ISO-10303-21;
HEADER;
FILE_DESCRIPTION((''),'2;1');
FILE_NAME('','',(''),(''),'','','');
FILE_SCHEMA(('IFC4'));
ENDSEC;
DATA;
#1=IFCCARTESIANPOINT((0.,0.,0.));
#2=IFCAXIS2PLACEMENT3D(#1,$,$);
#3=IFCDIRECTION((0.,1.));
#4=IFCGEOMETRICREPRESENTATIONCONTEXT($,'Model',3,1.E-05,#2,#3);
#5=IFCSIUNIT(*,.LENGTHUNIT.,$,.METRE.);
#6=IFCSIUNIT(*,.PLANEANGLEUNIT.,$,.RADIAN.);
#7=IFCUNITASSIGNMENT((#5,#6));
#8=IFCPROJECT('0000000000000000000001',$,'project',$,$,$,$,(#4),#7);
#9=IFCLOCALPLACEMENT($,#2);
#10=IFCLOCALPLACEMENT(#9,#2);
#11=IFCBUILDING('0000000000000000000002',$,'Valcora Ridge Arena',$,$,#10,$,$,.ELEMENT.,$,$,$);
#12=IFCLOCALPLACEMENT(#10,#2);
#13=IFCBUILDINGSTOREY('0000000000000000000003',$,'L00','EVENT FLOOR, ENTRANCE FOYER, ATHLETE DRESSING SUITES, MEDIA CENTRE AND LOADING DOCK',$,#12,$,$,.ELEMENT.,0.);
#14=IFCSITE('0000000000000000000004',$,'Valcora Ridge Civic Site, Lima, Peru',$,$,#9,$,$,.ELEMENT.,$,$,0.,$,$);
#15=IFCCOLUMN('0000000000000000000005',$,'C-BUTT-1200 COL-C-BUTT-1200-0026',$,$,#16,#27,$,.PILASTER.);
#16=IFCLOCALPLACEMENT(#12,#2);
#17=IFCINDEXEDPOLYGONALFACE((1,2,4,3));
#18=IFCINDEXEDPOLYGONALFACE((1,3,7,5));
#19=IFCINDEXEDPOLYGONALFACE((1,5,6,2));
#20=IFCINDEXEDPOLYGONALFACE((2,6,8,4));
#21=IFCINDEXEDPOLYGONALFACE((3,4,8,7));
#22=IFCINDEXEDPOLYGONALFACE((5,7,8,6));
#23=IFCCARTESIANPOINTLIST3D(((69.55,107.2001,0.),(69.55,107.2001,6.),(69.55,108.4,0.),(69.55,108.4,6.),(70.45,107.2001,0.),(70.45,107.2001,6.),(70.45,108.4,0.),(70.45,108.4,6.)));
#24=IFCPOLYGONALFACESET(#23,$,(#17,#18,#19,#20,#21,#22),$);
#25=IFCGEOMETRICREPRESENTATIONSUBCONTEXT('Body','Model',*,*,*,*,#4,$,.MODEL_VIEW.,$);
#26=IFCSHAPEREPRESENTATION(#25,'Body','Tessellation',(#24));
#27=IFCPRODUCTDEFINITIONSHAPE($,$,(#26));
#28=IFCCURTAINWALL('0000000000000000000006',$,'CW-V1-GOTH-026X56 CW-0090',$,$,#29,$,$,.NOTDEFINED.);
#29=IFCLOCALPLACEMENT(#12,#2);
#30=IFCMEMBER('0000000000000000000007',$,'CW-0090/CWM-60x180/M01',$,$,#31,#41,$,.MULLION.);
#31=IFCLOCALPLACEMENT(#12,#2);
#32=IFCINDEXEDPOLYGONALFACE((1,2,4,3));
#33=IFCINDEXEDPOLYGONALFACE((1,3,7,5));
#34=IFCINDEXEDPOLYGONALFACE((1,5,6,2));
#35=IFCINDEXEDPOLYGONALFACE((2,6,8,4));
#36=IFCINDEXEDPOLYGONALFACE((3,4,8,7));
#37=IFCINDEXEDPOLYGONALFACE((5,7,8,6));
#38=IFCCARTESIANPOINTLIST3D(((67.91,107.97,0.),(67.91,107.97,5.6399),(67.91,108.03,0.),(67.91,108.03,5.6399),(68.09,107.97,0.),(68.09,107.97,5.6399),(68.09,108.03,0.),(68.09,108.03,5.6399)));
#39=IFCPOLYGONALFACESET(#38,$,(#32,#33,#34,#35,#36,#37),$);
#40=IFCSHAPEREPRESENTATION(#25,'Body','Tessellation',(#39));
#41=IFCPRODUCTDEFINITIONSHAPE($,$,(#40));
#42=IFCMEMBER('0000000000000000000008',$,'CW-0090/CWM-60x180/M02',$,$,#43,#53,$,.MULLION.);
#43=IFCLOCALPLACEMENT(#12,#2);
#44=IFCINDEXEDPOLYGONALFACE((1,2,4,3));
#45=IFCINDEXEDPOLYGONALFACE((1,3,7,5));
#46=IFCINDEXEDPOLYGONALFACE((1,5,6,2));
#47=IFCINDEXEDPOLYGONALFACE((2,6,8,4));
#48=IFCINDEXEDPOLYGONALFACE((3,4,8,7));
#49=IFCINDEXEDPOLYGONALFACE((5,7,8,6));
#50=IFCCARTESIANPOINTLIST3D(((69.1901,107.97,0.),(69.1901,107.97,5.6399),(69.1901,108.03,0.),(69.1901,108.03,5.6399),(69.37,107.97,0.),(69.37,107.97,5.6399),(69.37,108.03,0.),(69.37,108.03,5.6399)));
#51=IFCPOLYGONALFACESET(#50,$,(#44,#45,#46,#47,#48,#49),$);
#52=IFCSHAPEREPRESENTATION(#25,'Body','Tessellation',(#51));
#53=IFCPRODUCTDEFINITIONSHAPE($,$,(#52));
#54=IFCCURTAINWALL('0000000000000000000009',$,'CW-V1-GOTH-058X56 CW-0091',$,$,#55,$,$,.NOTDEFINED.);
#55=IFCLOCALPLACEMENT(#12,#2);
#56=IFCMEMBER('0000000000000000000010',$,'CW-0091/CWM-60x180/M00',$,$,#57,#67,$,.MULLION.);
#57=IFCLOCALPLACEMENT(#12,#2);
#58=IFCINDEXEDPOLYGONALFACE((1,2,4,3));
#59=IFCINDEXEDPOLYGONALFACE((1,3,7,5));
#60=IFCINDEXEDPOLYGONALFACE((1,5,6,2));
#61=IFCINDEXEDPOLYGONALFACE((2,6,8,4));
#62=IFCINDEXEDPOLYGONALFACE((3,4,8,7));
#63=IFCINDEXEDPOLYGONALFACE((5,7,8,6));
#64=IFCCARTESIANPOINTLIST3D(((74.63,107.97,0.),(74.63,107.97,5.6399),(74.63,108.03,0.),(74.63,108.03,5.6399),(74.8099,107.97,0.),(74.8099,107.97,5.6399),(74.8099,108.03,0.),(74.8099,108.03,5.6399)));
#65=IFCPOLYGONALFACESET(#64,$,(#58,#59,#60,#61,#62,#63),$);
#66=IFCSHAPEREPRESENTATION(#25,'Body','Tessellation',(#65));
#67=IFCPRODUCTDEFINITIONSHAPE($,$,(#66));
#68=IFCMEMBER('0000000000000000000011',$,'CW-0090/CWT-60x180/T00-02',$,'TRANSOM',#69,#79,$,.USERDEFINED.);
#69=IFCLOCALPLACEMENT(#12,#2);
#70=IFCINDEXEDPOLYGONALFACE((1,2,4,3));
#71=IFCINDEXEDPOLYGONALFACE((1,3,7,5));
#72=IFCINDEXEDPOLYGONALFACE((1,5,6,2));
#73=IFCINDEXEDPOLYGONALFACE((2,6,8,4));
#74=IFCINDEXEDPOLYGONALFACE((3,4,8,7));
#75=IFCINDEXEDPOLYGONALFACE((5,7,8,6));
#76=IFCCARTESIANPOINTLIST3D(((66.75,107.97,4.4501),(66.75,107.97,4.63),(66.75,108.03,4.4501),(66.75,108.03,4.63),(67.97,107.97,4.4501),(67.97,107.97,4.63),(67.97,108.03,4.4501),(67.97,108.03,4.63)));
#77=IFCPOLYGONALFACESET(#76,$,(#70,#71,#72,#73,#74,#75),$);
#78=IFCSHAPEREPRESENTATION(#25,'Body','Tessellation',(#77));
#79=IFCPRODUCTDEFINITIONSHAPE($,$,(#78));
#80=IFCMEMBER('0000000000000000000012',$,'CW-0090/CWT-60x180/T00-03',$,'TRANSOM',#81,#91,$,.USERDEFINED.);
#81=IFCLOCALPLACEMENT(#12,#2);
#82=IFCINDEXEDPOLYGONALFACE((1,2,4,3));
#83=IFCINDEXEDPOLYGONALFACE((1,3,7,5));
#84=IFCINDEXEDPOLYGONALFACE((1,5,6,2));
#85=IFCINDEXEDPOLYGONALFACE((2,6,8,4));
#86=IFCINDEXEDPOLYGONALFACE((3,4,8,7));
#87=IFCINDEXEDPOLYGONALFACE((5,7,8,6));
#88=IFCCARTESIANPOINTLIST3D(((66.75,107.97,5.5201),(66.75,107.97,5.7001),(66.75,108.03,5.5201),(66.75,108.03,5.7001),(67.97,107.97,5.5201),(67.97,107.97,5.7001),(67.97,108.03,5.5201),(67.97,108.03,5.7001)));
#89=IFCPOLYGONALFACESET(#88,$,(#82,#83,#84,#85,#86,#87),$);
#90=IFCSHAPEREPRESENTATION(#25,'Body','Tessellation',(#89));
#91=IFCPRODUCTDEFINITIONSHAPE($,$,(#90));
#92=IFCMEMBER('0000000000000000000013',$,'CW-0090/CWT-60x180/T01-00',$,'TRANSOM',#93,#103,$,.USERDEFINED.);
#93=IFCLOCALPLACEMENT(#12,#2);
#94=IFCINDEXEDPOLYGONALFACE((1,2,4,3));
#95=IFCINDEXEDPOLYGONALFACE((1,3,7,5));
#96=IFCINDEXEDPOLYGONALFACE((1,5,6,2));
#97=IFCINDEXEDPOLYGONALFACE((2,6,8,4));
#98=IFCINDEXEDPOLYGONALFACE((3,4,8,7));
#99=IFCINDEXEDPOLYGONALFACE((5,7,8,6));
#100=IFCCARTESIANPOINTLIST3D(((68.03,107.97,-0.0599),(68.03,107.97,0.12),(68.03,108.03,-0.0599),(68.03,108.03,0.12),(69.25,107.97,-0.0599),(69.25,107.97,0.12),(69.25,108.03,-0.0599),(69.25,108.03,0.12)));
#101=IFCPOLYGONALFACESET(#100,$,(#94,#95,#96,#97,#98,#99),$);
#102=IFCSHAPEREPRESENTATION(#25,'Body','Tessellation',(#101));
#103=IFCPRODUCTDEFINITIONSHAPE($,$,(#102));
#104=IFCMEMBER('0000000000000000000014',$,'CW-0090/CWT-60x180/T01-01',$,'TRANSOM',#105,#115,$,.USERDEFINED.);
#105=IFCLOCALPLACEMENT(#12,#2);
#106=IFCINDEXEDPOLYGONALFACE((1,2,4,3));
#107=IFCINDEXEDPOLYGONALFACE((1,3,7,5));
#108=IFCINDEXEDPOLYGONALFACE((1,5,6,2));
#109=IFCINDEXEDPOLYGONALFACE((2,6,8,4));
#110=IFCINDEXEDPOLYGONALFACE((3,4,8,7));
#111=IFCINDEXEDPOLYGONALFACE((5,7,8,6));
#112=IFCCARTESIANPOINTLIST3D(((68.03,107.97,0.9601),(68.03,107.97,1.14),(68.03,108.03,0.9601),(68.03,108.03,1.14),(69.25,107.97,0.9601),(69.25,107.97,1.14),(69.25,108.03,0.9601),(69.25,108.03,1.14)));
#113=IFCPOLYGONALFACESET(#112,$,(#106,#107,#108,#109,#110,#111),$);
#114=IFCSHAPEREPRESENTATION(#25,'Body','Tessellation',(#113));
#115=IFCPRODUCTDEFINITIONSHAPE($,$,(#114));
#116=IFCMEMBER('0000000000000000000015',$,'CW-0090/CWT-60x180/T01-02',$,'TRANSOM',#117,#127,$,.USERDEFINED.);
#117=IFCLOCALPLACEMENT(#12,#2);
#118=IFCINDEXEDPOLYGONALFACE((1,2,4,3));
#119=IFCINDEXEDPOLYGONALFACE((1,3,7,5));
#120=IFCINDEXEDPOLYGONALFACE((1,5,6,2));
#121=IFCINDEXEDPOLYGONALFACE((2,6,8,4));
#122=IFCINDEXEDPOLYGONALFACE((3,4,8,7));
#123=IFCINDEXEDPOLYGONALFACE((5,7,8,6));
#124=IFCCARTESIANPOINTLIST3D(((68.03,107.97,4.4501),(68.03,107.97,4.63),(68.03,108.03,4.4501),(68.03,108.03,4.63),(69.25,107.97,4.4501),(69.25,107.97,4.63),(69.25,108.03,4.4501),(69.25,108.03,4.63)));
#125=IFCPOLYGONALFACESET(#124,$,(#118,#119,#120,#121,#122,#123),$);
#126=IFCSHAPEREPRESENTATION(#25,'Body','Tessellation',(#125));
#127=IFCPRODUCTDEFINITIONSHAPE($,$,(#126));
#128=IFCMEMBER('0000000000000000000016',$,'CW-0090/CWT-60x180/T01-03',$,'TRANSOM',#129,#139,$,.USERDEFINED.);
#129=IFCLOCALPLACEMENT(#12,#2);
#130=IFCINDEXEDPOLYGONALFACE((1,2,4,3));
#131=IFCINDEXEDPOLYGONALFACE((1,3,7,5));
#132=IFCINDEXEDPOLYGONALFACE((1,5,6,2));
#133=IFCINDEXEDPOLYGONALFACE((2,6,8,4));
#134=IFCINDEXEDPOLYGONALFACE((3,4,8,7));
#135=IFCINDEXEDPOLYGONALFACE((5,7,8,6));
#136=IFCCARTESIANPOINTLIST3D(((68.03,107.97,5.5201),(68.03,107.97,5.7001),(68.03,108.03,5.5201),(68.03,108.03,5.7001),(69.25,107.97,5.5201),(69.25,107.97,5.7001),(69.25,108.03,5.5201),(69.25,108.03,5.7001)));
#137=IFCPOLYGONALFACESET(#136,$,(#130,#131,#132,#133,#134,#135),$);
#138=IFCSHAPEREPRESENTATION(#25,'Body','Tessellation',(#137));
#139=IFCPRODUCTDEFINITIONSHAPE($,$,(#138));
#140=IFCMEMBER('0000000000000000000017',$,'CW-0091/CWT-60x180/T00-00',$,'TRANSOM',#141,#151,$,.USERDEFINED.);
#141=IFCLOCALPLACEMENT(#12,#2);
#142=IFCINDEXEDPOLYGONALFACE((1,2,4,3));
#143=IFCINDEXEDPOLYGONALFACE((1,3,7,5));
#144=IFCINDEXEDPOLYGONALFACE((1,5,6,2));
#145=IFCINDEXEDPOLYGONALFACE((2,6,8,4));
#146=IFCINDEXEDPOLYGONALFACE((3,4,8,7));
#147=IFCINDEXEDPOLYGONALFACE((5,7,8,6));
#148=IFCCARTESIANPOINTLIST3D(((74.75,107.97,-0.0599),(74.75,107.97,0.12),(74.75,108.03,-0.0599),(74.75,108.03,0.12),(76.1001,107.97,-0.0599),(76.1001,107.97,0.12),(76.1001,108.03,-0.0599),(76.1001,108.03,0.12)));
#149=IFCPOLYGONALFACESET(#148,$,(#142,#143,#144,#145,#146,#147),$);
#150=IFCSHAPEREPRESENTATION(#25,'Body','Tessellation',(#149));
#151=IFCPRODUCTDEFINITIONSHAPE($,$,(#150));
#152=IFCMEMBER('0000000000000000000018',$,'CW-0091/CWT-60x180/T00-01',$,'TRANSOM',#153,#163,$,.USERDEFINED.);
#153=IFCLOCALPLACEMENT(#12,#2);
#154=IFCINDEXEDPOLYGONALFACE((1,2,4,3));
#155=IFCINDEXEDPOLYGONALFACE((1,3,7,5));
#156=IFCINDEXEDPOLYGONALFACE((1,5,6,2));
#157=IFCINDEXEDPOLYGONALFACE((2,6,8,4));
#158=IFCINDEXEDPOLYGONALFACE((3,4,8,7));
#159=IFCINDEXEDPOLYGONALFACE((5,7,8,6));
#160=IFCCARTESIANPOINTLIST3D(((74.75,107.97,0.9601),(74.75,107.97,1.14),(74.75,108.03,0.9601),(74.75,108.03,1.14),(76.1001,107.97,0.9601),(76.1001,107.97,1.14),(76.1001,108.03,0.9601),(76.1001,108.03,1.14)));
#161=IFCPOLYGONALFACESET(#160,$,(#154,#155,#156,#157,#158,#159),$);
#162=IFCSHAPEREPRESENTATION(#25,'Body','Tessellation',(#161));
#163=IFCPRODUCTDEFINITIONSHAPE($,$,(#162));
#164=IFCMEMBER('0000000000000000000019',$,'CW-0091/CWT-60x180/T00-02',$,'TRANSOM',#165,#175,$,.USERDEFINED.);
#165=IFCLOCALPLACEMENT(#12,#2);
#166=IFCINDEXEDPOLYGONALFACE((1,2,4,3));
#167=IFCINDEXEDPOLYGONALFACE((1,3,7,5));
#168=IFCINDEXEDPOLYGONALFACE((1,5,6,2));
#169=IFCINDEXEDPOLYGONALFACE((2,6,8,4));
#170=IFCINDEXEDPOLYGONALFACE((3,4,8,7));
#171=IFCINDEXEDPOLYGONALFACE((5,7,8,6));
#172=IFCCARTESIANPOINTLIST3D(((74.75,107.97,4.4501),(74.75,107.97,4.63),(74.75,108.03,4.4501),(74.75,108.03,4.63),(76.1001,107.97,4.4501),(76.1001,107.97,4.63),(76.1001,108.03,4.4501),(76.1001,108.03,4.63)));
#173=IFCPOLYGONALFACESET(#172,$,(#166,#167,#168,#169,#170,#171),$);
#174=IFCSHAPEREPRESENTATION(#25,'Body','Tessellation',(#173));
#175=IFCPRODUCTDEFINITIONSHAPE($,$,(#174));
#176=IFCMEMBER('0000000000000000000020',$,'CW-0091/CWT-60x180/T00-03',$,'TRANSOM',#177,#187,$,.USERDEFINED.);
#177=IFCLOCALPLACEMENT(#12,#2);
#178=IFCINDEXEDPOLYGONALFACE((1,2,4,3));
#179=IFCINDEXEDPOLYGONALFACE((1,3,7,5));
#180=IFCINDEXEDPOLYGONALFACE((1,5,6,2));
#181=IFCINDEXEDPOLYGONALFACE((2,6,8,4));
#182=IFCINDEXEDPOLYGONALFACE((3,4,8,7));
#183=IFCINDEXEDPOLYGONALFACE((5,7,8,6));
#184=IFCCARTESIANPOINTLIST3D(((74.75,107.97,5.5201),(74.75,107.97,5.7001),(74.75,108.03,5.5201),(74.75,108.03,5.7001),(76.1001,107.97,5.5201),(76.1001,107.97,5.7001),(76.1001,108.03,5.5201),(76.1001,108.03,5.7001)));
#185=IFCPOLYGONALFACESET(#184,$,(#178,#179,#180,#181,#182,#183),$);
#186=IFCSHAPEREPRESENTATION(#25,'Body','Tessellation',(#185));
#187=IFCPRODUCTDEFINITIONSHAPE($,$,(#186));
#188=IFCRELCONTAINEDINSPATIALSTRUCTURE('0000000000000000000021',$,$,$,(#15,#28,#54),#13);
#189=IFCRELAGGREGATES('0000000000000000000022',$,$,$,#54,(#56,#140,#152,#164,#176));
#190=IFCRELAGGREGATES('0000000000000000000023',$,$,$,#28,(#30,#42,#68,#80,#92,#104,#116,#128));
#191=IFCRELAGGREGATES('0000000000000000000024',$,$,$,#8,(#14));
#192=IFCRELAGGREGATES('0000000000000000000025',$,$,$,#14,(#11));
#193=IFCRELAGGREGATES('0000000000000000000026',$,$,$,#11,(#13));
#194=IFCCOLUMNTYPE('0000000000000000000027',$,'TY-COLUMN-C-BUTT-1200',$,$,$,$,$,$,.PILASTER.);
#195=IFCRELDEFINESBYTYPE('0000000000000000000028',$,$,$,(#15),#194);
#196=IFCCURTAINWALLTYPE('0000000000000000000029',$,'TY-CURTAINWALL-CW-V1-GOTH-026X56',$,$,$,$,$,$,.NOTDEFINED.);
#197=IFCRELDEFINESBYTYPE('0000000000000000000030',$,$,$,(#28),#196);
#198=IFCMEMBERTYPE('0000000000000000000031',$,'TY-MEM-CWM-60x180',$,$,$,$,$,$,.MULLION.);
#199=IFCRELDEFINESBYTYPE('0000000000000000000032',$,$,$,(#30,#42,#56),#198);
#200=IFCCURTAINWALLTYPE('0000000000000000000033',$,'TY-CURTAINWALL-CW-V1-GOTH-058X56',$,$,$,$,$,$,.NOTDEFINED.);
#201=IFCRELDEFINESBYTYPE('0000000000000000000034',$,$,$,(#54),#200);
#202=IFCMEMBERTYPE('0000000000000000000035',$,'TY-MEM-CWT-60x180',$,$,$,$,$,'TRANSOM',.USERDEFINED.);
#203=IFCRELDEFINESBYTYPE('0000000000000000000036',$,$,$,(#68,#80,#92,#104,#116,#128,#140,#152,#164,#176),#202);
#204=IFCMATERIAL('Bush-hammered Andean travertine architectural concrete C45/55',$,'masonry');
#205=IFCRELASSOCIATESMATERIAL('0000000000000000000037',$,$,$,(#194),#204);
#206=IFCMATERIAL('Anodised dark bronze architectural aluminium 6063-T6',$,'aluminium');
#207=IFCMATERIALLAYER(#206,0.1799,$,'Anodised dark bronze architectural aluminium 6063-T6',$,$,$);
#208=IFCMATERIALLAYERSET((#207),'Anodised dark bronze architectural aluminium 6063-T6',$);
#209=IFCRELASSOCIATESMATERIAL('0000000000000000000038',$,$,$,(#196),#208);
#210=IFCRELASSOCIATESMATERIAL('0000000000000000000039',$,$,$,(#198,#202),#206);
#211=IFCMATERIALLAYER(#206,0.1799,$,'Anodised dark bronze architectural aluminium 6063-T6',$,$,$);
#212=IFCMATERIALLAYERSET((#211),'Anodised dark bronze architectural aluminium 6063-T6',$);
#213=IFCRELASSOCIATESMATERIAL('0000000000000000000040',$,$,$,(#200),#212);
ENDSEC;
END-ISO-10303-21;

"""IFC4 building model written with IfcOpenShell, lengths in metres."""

from ifc_helpers import new_model, si_unit, direction, frame, origin, origin_2d, place, context, subcontext, project, spatial, rectangle, extrude, material, layer, layer_set, material_profile, profile_set, type_object, element, aggregate, save


model = new_model("IFC4")

# Units and contexts
model_context = context("Model", 3, precision=1e-05, world=origin(), true_north=direction((0.0, 1.0)))
body_context = subcontext(model_context, "Body", "Model", "MODEL_VIEW")
ifc_project = project(units=[si_unit("LENGTHUNIT", "METRE"), si_unit("PLANEANGLEUNIT", "RADIAN")], contexts=[model_context])

# Site, building, storey
site_placement = place(None, origin())
site = spatial("IfcSite", under=ifc_project, at=site_placement, Name="Valcora Ridge Civic Site, Lima, Peru", CompositionType="ELEMENT", RefElevation=0.0)
building_placement = place(site_placement, origin())
building = spatial("IfcBuilding", under=site, at=building_placement, Name="Valcora Ridge Arena", CompositionType="ELEMENT")
storey_placement = place(building_placement, origin())
storey = spatial("IfcBuildingStorey", under=building, at=storey_placement, Name="L00", Description="EVENT FLOOR, ENTRANCE FOYER, ATHLETE DRESSING SUITES, MEDIA CENTRE AND LOADING DOCK", CompositionType="ELEMENT", Elevation=0.0)

# Column
ifc_material_1 = material(Name="Bush-hammered Andean travertine architectural concrete C45/55", Category="masonry")
ifc_material_profile_1 = material_profile(ifc_material_1, rectangle(XDim=0.8999, YDim=1.2, at=origin_2d()), Name="RC 900x1200")
ifc_profile_set_1 = profile_set([ifc_material_profile_1], Name="Bush-hammered Andean travertine architectural concrete C45/55")
column_type = type_object("IfcColumnType", Name="TY-COLUMN-C-BUTT-1200", PredefinedType="PILASTER", material=ifc_profile_set_1)
column_placement = place(storey_placement, frame((70.0, 107.8, 0.0), z_axis=(0.0, 0.0, 1.0), x_axis=(1.0, 0.0, 0.0)))
element("IfcColumn", 1, at=column_placement, inside=storey, type_object=column_type, Name="C-BUTT-1200 COL-C-BUTT-1200-0026", PredefinedType="PILASTER", context=body_context, shape_type="SweptSolid", body=[
    extrude(rectangle(XDim=0.8999, YDim=1.2, at=origin_2d()), origin(), (0.0, 0.0, 1.0), 6.0),
])

# Curtain wall, members
ifc_material_2 = material(Name="Anodised dark bronze architectural aluminium 6063-T6", Category="aluminium")
ifc_layer_1 = layer(ifc_material_2, 0.1799, Name="Anodised dark bronze architectural aluminium 6063-T6")
ifc_layer_set_1 = layer_set([ifc_layer_1], Name="Anodised dark bronze architectural aluminium 6063-T6")
curtain_wall_type_1 = type_object("IfcCurtainWallType", Name="TY-CURTAINWALL-CW-V1-GOTH-026X56", PredefinedType="NOTDEFINED", material=ifc_layer_set_1)
curtain_wall_1_placement = place(storey_placement, origin())
curtain_wall_1 = element("IfcCurtainWall", 2, at=curtain_wall_1_placement, inside=storey, type_object=curtain_wall_type_1, Name="CW-V1-GOTH-026X56 CW-0090", PredefinedType="NOTDEFINED")
ifc_material_profile_2 = material_profile(ifc_material_2, rectangle(XDim=0.0601, YDim=0.1799, at=origin_2d()), Name="ALU MULLION 60x180")
ifc_profile_set_2 = profile_set([ifc_material_profile_2], Name="Anodised dark bronze architectural aluminium 6063-T6")
member_type_1 = type_object("IfcMemberType", Name="TY-MEM-CWM-60x180", PredefinedType="MULLION", material=ifc_profile_set_2)
member_1_placement = place(storey_placement, frame((68.0, 108.0, 0.0), z_axis=(0.0, 0.0, 1.0), x_axis=(0.0, 1.0, 0.0)))
member_1 = element("IfcMember", 3, at=member_1_placement, type_object=member_type_1, Name="CW-0090/CWM-60x180/M01", PredefinedType="MULLION", context=body_context, shape_type="SweptSolid", body=[
    extrude(rectangle(XDim=0.0601, YDim=0.1799, at=origin_2d()), origin(), (0.0, 0.0, 1.0), 5.6399),
])
member_2_placement = place(storey_placement, frame((69.28, 108.0, 0.0), z_axis=(0.0, 0.0, 1.0), x_axis=(0.0, 1.0, 0.0)))
member_2 = element("IfcMember", 4, at=member_2_placement, type_object=member_type_1, Name="CW-0090/CWM-60x180/M02", PredefinedType="MULLION", context=body_context, shape_type="SweptSolid", body=[
    extrude(rectangle(XDim=0.0601, YDim=0.1799, at=origin_2d()), origin(), (0.0, 0.0, 1.0), 5.6399),
])

# Curtain wall, member
ifc_layer_2 = layer(ifc_material_2, 0.1799, Name="Anodised dark bronze architectural aluminium 6063-T6")
ifc_layer_set_2 = layer_set([ifc_layer_2], Name="Anodised dark bronze architectural aluminium 6063-T6")
curtain_wall_type_2 = type_object("IfcCurtainWallType", Name="TY-CURTAINWALL-CW-V1-GOTH-058X56", PredefinedType="NOTDEFINED", material=ifc_layer_set_2)
curtain_wall_2_placement = place(storey_placement, origin())
curtain_wall_2 = element("IfcCurtainWall", 5, at=curtain_wall_2_placement, inside=storey, type_object=curtain_wall_type_2, Name="CW-V1-GOTH-058X56 CW-0091", PredefinedType="NOTDEFINED")
member_3_placement = place(storey_placement, frame((74.72, 108.0, 0.0), z_axis=(0.0, 0.0, 1.0), x_axis=(0.0, 1.0, 0.0)))
member_3 = element("IfcMember", 6, at=member_3_placement, type_object=member_type_1, Name="CW-0091/CWM-60x180/M00", PredefinedType="MULLION", context=body_context, shape_type="SweptSolid", body=[
    extrude(rectangle(XDim=0.0601, YDim=0.1799, at=origin_2d()), origin(), (0.0, 0.0, 1.0), 5.6399),
])

# Members
ifc_material_profile_3 = material_profile(ifc_material_2, rectangle(XDim=0.0601, YDim=0.1799, at=origin_2d()), Name="ALU TRANSOM 60x180")
ifc_profile_set_3 = profile_set([ifc_material_profile_3], Name="Anodised dark bronze architectural aluminium 6063-T6")
member_type_2 = type_object("IfcMemberType", Name="TY-MEM-CWT-60x180", ElementType="TRANSOM", PredefinedType="USERDEFINED", material=ifc_profile_set_3)
member_4_placement = place(storey_placement, frame((66.75, 108.0, 4.54), z_axis=(1.0, 0.0, 0.0), x_axis=(0.0, 1.0, 0.0)))
member_4 = element("IfcMember", 7, at=member_4_placement, type_object=member_type_2, Name="CW-0090/CWT-60x180/T00-02", ObjectType="TRANSOM", PredefinedType="USERDEFINED", context=body_context, shape_type="SweptSolid", body=[
    extrude(rectangle(XDim=0.0601, YDim=0.1799, at=origin_2d()), origin(), (0.0, 0.0, 1.0), 1.22),
])
member_5_placement = place(storey_placement, frame((66.75, 108.0, 5.6101), z_axis=(1.0, 0.0, 0.0), x_axis=(0.0, 1.0, 0.0)))
member_5 = element("IfcMember", 8, at=member_5_placement, type_object=member_type_2, Name="CW-0090/CWT-60x180/T00-03", ObjectType="TRANSOM", PredefinedType="USERDEFINED", context=body_context, shape_type="SweptSolid", body=[
    extrude(rectangle(XDim=0.0601, YDim=0.1799, at=origin_2d()), origin(), (0.0, 0.0, 1.0), 1.22),
])
member_6_placement = place(storey_placement, frame((68.03, 108.0, 0.03), z_axis=(1.0, 0.0, 0.0), x_axis=(0.0, 1.0, 0.0)))
member_6 = element("IfcMember", 9, at=member_6_placement, type_object=member_type_2, Name="CW-0090/CWT-60x180/T01-00", ObjectType="TRANSOM", PredefinedType="USERDEFINED", context=body_context, shape_type="SweptSolid", body=[
    extrude(rectangle(XDim=0.0601, YDim=0.1799, at=origin_2d()), origin(), (0.0, 0.0, 1.0), 1.22),
])
member_7_placement = place(storey_placement, frame((68.03, 108.0, 1.05), z_axis=(1.0, 0.0, 0.0), x_axis=(0.0, 1.0, 0.0)))
member_7 = element("IfcMember", 10, at=member_7_placement, type_object=member_type_2, Name="CW-0090/CWT-60x180/T01-01", ObjectType="TRANSOM", PredefinedType="USERDEFINED", context=body_context, shape_type="SweptSolid", body=[
    extrude(rectangle(XDim=0.0601, YDim=0.1799, at=origin_2d()), origin(), (0.0, 0.0, 1.0), 1.22),
])
member_8_placement = place(storey_placement, frame((68.03, 108.0, 4.54), z_axis=(1.0, 0.0, 0.0), x_axis=(0.0, 1.0, 0.0)))
member_8 = element("IfcMember", 11, at=member_8_placement, type_object=member_type_2, Name="CW-0090/CWT-60x180/T01-02", ObjectType="TRANSOM", PredefinedType="USERDEFINED", context=body_context, shape_type="SweptSolid", body=[
    extrude(rectangle(XDim=0.0601, YDim=0.1799, at=origin_2d()), origin(), (0.0, 0.0, 1.0), 1.22),
])
member_9_placement = place(storey_placement, frame((68.03, 108.0, 5.6101), z_axis=(1.0, 0.0, 0.0), x_axis=(0.0, 1.0, 0.0)))
member_9 = element("IfcMember", 12, at=member_9_placement, type_object=member_type_2, Name="CW-0090/CWT-60x180/T01-03", ObjectType="TRANSOM", PredefinedType="USERDEFINED", context=body_context, shape_type="SweptSolid", body=[
    extrude(rectangle(XDim=0.0601, YDim=0.1799, at=origin_2d()), origin(), (0.0, 0.0, 1.0), 1.22),
])
member_10_placement = place(storey_placement, frame((74.75, 108.0, 0.03), z_axis=(1.0, 0.0, 0.0), x_axis=(0.0, 1.0, 0.0)))
member_10 = element("IfcMember", 13, at=member_10_placement, type_object=member_type_2, Name="CW-0091/CWT-60x180/T00-00", ObjectType="TRANSOM", PredefinedType="USERDEFINED", context=body_context, shape_type="SweptSolid", body=[
    extrude(rectangle(XDim=0.0601, YDim=0.1799, at=origin_2d()), origin(), (0.0, 0.0, 1.0), 1.3501),
])
member_11_placement = place(storey_placement, frame((74.75, 108.0, 1.05), z_axis=(1.0, 0.0, 0.0), x_axis=(0.0, 1.0, 0.0)))
member_11 = element("IfcMember", 14, at=member_11_placement, type_object=member_type_2, Name="CW-0091/CWT-60x180/T00-01", ObjectType="TRANSOM", PredefinedType="USERDEFINED", context=body_context, shape_type="SweptSolid", body=[
    extrude(rectangle(XDim=0.0601, YDim=0.1799, at=origin_2d()), origin(), (0.0, 0.0, 1.0), 1.3501),
])
member_12_placement = place(storey_placement, frame((74.75, 108.0, 4.54), z_axis=(1.0, 0.0, 0.0), x_axis=(0.0, 1.0, 0.0)))
member_12 = element("IfcMember", 15, at=member_12_placement, type_object=member_type_2, Name="CW-0091/CWT-60x180/T00-02", ObjectType="TRANSOM", PredefinedType="USERDEFINED", context=body_context, shape_type="SweptSolid", body=[
    extrude(rectangle(XDim=0.0601, YDim=0.1799, at=origin_2d()), origin(), (0.0, 0.0, 1.0), 1.3501),
])
member_13_placement = place(storey_placement, frame((74.75, 108.0, 5.6101), z_axis=(1.0, 0.0, 0.0), x_axis=(0.0, 1.0, 0.0)))
member_13 = element("IfcMember", 16, at=member_13_placement, type_object=member_type_2, Name="CW-0091/CWT-60x180/T00-03", ObjectType="TRANSOM", PredefinedType="USERDEFINED", context=body_context, shape_type="SweptSolid", body=[
    extrude(rectangle(XDim=0.0601, YDim=0.1799, at=origin_2d()), origin(), (0.0, 0.0, 1.0), 1.3501),
])
aggregate(curtain_wall_2, [member_3, member_10, member_11, member_12, member_13])

aggregate(curtain_wall_1, [member_1, member_2, member_4, member_5, member_6, member_7, member_8, member_9])

save(model, "model.ifc")
